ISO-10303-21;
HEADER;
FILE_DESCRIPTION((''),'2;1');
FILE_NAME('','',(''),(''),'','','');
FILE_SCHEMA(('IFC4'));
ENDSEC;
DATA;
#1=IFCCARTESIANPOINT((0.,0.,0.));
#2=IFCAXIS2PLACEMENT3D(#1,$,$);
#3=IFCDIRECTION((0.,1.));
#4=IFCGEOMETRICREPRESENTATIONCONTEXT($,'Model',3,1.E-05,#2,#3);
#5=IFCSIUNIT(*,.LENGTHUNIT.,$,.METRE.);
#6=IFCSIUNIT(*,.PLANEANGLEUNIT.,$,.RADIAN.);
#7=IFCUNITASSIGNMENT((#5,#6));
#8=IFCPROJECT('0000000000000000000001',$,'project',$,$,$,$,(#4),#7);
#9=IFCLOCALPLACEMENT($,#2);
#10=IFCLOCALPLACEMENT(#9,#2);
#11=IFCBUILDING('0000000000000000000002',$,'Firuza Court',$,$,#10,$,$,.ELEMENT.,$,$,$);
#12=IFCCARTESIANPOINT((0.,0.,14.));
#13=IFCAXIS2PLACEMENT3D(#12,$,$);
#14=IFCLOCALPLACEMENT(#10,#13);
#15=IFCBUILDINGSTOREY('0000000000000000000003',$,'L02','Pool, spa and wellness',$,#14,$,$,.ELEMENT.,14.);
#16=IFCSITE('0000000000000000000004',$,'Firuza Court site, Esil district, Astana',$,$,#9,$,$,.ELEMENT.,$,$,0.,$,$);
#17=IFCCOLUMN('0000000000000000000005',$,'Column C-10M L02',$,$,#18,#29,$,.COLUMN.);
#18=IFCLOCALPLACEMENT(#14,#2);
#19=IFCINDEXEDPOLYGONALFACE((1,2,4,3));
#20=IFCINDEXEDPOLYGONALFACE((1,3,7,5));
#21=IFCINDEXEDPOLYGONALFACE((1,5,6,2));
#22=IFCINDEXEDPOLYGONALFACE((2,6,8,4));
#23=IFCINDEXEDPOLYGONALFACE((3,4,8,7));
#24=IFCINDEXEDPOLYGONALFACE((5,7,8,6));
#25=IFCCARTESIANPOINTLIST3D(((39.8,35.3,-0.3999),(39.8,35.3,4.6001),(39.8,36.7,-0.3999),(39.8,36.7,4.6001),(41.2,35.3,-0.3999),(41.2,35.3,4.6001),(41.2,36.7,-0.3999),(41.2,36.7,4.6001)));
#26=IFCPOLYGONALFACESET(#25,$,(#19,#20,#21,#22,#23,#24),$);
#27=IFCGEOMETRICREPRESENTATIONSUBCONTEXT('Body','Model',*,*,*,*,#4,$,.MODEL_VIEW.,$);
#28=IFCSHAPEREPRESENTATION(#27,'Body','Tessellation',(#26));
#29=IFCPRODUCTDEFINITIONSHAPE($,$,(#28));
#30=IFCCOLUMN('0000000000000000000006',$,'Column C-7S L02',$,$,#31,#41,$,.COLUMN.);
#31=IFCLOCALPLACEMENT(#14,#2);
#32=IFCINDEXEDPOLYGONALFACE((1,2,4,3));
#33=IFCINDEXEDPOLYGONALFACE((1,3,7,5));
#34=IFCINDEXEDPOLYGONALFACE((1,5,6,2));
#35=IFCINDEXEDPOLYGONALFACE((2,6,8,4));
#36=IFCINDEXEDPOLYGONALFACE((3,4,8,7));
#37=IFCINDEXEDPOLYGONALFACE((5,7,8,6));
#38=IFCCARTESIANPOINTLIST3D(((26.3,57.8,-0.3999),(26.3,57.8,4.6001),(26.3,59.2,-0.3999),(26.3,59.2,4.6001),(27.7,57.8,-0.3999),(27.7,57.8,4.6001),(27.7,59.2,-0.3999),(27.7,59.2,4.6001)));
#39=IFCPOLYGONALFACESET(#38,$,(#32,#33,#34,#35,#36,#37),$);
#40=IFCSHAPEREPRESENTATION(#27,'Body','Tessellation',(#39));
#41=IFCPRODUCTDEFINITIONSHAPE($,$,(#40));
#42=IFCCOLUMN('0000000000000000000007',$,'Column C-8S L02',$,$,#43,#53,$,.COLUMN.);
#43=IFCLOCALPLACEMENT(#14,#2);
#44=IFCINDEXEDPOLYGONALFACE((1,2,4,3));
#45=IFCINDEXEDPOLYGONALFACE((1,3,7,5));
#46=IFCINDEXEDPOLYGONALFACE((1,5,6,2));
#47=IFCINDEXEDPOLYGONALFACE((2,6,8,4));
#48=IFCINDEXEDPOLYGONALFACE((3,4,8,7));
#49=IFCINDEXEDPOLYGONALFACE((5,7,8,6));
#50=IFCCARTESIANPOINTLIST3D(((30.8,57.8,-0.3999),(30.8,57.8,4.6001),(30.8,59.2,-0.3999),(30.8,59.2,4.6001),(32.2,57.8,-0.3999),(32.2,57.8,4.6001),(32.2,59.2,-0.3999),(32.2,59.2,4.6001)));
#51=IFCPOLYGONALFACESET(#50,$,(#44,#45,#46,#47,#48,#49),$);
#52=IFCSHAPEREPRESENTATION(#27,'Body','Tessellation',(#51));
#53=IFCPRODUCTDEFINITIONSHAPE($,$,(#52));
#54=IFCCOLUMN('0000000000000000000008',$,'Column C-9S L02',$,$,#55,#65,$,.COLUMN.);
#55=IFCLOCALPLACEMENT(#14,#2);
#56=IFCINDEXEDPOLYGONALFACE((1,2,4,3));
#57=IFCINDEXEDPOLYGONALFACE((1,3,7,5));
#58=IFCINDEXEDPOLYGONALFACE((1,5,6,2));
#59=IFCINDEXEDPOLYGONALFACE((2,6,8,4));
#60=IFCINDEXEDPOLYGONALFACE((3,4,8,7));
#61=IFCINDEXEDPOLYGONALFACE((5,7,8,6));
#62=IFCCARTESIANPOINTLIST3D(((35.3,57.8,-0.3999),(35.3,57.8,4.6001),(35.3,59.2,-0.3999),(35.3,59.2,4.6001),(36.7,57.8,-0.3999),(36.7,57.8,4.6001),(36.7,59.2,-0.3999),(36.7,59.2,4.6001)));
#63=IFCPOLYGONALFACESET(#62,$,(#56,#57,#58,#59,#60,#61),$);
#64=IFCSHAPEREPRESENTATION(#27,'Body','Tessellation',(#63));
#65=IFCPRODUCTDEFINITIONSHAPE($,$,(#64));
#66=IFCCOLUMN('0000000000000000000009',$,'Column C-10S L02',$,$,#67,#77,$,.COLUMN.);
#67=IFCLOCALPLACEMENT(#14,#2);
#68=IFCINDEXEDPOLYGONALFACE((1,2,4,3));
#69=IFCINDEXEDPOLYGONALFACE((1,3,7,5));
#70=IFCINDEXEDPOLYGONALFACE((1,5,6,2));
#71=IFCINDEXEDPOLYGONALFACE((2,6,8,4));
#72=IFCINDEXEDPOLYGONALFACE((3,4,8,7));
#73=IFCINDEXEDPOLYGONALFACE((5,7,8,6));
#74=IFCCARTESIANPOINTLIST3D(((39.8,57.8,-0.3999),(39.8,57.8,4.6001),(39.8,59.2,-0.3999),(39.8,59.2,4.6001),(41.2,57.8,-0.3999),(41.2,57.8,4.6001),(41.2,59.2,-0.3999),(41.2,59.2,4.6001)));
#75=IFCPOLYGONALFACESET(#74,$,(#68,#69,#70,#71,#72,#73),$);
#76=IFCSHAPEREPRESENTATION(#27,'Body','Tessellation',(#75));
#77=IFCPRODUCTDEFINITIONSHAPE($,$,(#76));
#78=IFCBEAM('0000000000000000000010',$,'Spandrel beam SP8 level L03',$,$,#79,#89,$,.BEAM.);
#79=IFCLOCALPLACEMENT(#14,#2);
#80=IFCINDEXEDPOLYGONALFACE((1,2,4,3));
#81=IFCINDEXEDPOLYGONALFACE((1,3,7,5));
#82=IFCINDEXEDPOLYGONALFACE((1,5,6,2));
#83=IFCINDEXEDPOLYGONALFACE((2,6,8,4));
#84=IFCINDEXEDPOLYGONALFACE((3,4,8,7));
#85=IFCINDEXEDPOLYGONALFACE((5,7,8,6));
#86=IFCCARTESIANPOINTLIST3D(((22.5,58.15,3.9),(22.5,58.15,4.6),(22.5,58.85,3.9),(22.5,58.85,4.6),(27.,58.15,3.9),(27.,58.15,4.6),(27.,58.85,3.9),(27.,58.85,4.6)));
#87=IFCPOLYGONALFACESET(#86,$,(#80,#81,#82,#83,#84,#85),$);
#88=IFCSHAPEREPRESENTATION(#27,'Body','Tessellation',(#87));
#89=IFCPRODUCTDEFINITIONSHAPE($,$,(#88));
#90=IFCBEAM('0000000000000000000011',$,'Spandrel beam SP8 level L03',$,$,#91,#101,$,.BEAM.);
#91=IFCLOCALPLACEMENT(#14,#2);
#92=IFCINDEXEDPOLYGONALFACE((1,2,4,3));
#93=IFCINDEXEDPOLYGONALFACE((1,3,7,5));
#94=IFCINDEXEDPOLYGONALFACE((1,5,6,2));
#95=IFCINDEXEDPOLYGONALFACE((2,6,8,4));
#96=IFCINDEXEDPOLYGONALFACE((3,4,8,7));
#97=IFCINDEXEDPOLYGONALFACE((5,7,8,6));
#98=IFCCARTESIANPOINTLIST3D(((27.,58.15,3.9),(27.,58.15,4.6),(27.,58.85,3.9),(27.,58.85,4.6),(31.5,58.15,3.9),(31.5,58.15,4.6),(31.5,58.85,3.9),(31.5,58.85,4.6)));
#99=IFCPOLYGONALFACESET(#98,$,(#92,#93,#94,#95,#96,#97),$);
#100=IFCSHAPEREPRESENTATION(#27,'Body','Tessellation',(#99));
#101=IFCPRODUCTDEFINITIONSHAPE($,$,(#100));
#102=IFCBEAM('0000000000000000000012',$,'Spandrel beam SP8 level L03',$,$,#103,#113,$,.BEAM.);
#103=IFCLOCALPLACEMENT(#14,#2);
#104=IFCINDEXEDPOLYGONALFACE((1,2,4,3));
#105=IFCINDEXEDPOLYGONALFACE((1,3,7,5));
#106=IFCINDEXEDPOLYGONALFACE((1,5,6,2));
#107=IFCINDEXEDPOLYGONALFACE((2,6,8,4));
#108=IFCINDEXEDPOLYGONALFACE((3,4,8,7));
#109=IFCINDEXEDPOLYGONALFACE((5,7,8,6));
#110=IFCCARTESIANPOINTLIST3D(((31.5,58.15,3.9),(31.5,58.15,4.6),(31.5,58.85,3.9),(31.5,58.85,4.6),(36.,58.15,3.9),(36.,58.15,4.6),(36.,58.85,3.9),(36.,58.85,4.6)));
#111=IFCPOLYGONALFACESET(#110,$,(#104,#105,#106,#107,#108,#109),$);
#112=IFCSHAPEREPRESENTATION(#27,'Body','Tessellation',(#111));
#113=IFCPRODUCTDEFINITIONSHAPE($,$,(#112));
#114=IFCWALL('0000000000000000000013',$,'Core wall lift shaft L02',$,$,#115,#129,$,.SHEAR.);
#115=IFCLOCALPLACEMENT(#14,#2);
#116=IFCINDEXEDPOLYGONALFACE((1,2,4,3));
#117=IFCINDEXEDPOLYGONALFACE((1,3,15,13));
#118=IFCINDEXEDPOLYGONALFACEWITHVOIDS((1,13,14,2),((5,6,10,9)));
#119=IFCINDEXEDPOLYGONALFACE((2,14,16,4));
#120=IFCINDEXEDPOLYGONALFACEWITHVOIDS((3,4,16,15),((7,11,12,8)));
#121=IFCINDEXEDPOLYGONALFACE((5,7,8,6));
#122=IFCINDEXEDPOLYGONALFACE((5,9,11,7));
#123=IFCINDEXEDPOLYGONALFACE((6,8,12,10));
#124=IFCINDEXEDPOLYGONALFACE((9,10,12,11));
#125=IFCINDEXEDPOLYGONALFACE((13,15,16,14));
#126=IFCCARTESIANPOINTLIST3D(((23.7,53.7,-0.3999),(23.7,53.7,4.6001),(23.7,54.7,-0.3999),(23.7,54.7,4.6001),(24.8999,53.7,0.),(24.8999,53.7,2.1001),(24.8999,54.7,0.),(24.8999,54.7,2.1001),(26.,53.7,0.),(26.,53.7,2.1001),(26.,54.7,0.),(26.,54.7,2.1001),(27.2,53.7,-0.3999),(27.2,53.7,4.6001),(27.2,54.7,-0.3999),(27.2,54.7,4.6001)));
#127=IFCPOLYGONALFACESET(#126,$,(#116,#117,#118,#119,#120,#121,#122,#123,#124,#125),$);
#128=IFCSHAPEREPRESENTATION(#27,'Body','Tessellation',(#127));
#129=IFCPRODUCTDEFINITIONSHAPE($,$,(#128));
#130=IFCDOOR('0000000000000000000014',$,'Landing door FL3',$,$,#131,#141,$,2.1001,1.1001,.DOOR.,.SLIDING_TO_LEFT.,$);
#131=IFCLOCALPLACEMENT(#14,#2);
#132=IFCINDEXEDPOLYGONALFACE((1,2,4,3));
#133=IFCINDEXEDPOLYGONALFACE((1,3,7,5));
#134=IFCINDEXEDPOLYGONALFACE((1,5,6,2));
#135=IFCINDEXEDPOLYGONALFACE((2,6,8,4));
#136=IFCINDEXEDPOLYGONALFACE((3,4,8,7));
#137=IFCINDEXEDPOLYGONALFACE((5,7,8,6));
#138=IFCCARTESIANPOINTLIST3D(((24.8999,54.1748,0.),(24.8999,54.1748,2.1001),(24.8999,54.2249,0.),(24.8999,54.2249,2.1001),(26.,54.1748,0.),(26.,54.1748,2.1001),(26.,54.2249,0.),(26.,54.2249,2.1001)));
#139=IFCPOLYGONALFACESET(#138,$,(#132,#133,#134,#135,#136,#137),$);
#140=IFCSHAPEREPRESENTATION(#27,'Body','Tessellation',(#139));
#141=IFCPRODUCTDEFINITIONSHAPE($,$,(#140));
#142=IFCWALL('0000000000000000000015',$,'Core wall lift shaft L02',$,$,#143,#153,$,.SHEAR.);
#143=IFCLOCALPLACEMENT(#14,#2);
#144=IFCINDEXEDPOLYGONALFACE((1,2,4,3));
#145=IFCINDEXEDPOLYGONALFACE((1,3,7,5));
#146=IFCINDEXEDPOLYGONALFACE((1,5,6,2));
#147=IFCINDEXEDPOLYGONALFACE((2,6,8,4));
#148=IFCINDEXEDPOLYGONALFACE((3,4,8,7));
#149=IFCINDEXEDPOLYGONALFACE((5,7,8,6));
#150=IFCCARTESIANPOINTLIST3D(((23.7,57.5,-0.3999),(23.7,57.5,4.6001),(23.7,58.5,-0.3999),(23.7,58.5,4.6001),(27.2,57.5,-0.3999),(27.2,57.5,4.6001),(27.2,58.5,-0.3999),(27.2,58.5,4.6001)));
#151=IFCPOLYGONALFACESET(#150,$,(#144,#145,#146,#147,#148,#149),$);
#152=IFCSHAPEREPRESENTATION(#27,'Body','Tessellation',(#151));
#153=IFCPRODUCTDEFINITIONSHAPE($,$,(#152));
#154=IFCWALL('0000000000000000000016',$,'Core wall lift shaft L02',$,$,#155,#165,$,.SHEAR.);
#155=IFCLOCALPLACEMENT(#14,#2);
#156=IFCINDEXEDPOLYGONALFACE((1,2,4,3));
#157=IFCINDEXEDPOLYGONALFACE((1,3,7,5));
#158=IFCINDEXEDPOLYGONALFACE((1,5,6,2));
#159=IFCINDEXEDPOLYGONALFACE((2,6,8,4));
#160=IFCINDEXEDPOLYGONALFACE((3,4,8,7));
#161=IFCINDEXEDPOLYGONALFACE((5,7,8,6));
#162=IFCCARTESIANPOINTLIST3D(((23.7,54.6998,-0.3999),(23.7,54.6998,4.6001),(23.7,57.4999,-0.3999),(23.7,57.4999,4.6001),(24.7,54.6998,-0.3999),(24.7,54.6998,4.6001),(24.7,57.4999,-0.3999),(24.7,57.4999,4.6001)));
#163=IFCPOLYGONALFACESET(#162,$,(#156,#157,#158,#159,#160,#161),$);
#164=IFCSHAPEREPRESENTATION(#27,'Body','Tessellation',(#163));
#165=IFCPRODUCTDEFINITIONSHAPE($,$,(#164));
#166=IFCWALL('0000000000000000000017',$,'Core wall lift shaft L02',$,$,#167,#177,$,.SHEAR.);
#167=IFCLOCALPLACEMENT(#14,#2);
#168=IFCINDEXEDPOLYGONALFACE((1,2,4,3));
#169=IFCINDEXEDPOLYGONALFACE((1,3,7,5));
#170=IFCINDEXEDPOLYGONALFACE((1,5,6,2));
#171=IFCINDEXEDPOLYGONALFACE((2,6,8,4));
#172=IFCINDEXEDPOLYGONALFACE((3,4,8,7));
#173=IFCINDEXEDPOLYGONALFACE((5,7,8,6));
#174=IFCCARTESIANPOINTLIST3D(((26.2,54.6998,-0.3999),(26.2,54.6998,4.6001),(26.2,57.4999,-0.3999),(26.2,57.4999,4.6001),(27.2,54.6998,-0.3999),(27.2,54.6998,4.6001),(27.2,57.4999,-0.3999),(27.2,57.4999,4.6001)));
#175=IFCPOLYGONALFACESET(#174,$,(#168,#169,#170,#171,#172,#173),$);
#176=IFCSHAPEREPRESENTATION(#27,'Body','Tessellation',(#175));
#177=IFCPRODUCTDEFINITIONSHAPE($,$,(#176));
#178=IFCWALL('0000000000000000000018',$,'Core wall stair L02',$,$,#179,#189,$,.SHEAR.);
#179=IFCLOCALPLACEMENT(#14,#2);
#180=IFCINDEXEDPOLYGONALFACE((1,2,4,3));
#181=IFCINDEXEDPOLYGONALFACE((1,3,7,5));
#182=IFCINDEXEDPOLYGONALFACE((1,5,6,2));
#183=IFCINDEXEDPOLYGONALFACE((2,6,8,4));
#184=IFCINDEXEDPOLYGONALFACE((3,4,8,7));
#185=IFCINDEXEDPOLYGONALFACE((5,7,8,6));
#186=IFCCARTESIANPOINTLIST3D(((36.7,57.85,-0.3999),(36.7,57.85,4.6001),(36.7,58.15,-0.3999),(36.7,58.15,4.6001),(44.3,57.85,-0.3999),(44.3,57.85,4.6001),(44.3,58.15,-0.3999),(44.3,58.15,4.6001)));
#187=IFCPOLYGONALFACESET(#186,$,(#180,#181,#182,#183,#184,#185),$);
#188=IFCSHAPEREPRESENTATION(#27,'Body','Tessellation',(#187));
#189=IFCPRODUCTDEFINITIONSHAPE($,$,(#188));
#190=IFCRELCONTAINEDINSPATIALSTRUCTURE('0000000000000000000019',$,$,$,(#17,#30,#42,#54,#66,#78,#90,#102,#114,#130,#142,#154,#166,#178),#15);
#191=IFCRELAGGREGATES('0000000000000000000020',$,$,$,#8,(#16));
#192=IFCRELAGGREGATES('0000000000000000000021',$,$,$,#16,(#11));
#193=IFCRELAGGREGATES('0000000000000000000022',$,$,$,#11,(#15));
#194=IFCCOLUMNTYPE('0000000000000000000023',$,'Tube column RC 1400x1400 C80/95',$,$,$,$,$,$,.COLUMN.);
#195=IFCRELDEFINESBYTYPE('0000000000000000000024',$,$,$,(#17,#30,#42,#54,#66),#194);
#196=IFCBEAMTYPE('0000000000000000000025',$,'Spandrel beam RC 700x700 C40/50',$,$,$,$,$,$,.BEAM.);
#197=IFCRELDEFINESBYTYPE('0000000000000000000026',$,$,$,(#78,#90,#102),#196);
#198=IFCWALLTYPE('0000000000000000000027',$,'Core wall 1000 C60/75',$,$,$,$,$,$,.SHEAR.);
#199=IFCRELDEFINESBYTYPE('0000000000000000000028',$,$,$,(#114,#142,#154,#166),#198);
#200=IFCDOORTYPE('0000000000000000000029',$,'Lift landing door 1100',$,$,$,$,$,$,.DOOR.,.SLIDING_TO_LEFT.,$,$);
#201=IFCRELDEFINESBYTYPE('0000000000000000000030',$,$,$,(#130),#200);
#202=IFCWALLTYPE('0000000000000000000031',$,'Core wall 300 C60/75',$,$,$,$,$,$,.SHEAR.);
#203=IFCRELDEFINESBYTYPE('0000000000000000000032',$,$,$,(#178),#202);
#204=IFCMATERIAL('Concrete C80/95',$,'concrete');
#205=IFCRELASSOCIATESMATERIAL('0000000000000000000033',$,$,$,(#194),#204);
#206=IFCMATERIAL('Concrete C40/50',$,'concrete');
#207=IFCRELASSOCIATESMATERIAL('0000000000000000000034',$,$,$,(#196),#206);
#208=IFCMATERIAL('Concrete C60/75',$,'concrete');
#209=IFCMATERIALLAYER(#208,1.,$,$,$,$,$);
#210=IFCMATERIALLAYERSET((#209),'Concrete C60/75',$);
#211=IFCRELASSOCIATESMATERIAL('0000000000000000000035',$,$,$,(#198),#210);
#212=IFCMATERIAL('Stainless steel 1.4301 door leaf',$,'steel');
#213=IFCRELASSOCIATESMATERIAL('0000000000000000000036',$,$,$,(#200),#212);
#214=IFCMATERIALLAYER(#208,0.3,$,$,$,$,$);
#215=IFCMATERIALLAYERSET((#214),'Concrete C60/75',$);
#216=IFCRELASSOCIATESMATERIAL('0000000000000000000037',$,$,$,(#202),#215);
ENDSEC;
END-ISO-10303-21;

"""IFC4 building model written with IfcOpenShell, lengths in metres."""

from ifc_helpers import new_model, si_unit, direction, frame, frame_2d, origin, origin_2d, place, context, subcontext, project, spatial, rectangle, extrude, material, layer, layer_set, material_profile, profile_set, type_object, element, fill, save


model = new_model("IFC4")

# Units and contexts
model_context = context("Model", 3, precision=1e-05, world=origin(), true_north=direction((0.0, 1.0)))
body_context = subcontext(model_context, "Body", "Model", "MODEL_VIEW")
ifc_project = project(units=[si_unit("LENGTHUNIT", "METRE"), si_unit("PLANEANGLEUNIT", "RADIAN")], contexts=[model_context])

# Site, building, storey
site_placement = place(None, origin())
site = spatial("IfcSite", under=ifc_project, at=site_placement, Name="Firuza Court site, Esil district, Astana", CompositionType="ELEMENT", RefElevation=0.0)
building_placement = place(site_placement, origin())
building = spatial("IfcBuilding", under=site, at=building_placement, Name="Firuza Court", CompositionType="ELEMENT")
storey_placement = place(building_placement, frame((0.0, 0.0, 14.0)))
storey = spatial("IfcBuildingStorey", under=building, at=storey_placement, Name="L02", Description="Pool, spa and wellness", CompositionType="ELEMENT", Elevation=14.0)

# Columns
ifc_material_1 = material(Name="Concrete C80/95", Category="concrete")
ifc_material_profile_1 = material_profile(ifc_material_1, rectangle(XDim=1.3999, YDim=1.3999, at=origin_2d()), Name="RC 1400x1400")
ifc_profile_set_1 = profile_set([ifc_material_profile_1], Name="Concrete C80/95")
column_type = type_object("IfcColumnType", Name="Tube column RC 1400x1400 C80/95", PredefinedType="COLUMN", material=ifc_profile_set_1)
for number, where, z_axis, x_axis, name in (
    (1, (40.5, 36.0, -0.3999), (0.0, 0.0, 1.0), (1.0, 0.0, 0.0), "Column C-10M L02"),
    (2, (27.0, 58.5, -0.3999), (0.0, 0.0, 1.0), (1.0, 0.0, 0.0), "Column C-7S L02"),
    (3, (31.5, 58.5, -0.3999), (0.0, 0.0, 1.0), (1.0, 0.0, 0.0), "Column C-8S L02"),
    (4, (36.0, 58.5, -0.3999), (0.0, 0.0, 1.0), (1.0, 0.0, 0.0), "Column C-9S L02"),
    (5, (40.5, 58.5, -0.3999), (0.0, 0.0, 1.0), (1.0, 0.0, 0.0), "Column C-10S L02"),
):
    element("IfcColumn", number, at=place(storey_placement, frame(where, z_axis=z_axis, x_axis=x_axis)), inside=storey, type_object=column_type, Name=name, PredefinedType="COLUMN", context=body_context, shape_type="SweptSolid", body=[
        extrude(rectangle(XDim=1.3999, YDim=1.3999, at=origin_2d()), origin(), (0.0, 0.0, 1.0), 5.0),
    ])

# Beams
ifc_material_2 = material(Name="Concrete C40/50", Category="concrete")
ifc_material_profile_2 = material_profile(ifc_material_2, rectangle(XDim=0.7, YDim=0.7, at=origin_2d()), Name="RC 700x700")
ifc_profile_set_2 = profile_set([ifc_material_profile_2], Name="Concrete C40/50")
beam_type = type_object("IfcBeamType", Name="Spandrel beam RC 700x700 C40/50", PredefinedType="BEAM", material=ifc_profile_set_2)
for number, where, z_axis, x_axis, name in (
    (6, (27.0, 58.5, 4.25), (-1.0, 0.0, 0.0), (0.0, -1.0, 0.0), "Spandrel beam SP8 level L03"),
    (7, (31.5, 58.5, 4.25), (-1.0, 0.0, 0.0), (0.0, -1.0, 0.0), "Spandrel beam SP8 level L03"),
    (8, (36.0, 58.5, 4.25), (-1.0, 0.0, 0.0), (0.0, -1.0, 0.0), "Spandrel beam SP8 level L03"),
):
    element("IfcBeam", number, at=place(storey_placement, frame(where, z_axis=z_axis, x_axis=x_axis)), inside=storey, type_object=beam_type, Name=name, PredefinedType="BEAM", context=body_context, shape_type="SweptSolid", body=[
        extrude(rectangle(XDim=0.7, YDim=0.7, at=origin_2d()), origin(), (0.0, 0.0, 1.0), 4.5),
    ])

# Wall, opening, door
ifc_material_3 = material(Name="Concrete C60/75", Category="concrete")
ifc_layer_1 = layer(ifc_material_3, 1.0)
ifc_layer_set_1 = layer_set([ifc_layer_1], Name="Concrete C60/75")
wall_type_1 = type_object("IfcWallType", Name="Core wall 1000 C60/75", PredefinedType="SHEAR", material=ifc_layer_set_1)
wall_1_placement = place(storey_placement, frame((23.7, 54.2, -0.3999), z_axis=(0.0, 0.0, 1.0), x_axis=(1.0, 0.0, 0.0)))
wall_1 = element("IfcWall", 9, at=wall_1_placement, inside=storey, type_object=wall_type_1, Name="Core wall lift shaft L02", PredefinedType="SHEAR", context=body_context, shape_type="SweptSolid", body=[
    extrude(rectangle(XDim=3.5, YDim=1.0, at=frame_2d((1.75, 0.0))), origin(), (0.0, 0.0, 1.0), 5.0),
])
opening_1_placement = place(wall_1_placement, frame((1.2, 0.0, 0.3999)))
opening_1 = element("IfcOpeningElement", 10, at=opening_1_placement, cuts=wall_1, PredefinedType="OPENING", context=body_context, shape_type="SweptSolid", body=[
    extrude(rectangle(XDim=1.1001, YDim=2.1001, at=frame_2d((0.55, 1.05))), frame((0.0, 0.512, 0.0), z_axis=(0.0, -1.0, 0.0), x_axis=(1.0, 0.0, 0.0)), (0.0, 0.0, 1.0), 1.0239),
])
ifc_material_4 = material(Name="Stainless steel 1.4301 door leaf", Category="steel")
door_type_1 = type_object("IfcDoorType", Name="Lift landing door 1100", OperationType="SLIDING_TO_LEFT", PredefinedType="DOOR", material=ifc_material_4)
door_1_placement = place(opening_1_placement, origin())
door_1 = element("IfcDoor", 11, at=door_1_placement, inside=storey, type_object=door_type_1, Name="Landing door FL3", OperationType="SLIDING_TO_LEFT", OverallHeight=2.1001, OverallWidth=1.1001, PredefinedType="DOOR", context=body_context, shape_type="SweptSolid", body=[
    extrude(rectangle(XDim=1.1001, YDim=2.1001, at=frame_2d((0.55, 1.05))), frame((0.0, 0.0249, 0.0), z_axis=(0.0, -1.0, 0.0), x_axis=(1.0, 0.0, 0.0)), (0.0, 0.0, 1.0), 0.05),
])
fill(opening_1, door_1)

# Walls
wall_2_placement = place(storey_placement, frame((23.7, 58.0, -0.3999), z_axis=(0.0, 0.0, 1.0), x_axis=(1.0, 0.0, 0.0)))
element("IfcWall", 12, at=wall_2_placement, inside=storey, type_object=wall_type_1, Name="Core wall lift shaft L02", PredefinedType="SHEAR", context=body_context, shape_type="SweptSolid", body=[
    extrude(rectangle(XDim=3.5, YDim=1.0, at=frame_2d((1.75, 0.0))), origin(), (0.0, 0.0, 1.0), 5.0),
])
for number, where, z_axis, x_axis, name in (
    (13, (24.2, 54.7, -0.3999), (0.0, 0.0, 1.0), (0.0, 1.0, 0.0), "Core wall lift shaft L02"),
    (14, (26.7, 54.7, -0.3999), (0.0, 0.0, 1.0), (0.0, 1.0, 0.0), "Core wall lift shaft L02"),
):
    element("IfcWall", number, at=place(storey_placement, frame(where, z_axis=z_axis, x_axis=x_axis)), inside=storey, type_object=wall_type_1, Name=name, PredefinedType="SHEAR", context=body_context, shape_type="SweptSolid", body=[
        extrude(rectangle(XDim=2.8, YDim=1.0, at=frame_2d((1.3999, 0.0))), origin(), (0.0, 0.0, 1.0), 5.0),
    ])
ifc_layer_2 = layer(ifc_material_3, 0.3)
ifc_layer_set_2 = layer_set([ifc_layer_2], Name="Concrete C60/75")
wall_type_2 = type_object("IfcWallType", Name="Core wall 300 C60/75", PredefinedType="SHEAR", material=ifc_layer_set_2)
wall_3_placement = place(storey_placement, frame((36.7, 58.0, -0.3999), z_axis=(0.0, 0.0, 1.0), x_axis=(1.0, 0.0, 0.0)))
element("IfcWall", 15, at=wall_3_placement, inside=storey, type_object=wall_type_2, Name="Core wall stair L02", PredefinedType="SHEAR", context=body_context, shape_type="SweptSolid", body=[
    extrude(rectangle(XDim=7.6001, YDim=0.3, at=frame_2d((3.8, 0.0))), origin(), (0.0, 0.0, 1.0), 5.0),
])

save(model, "model.ifc")
